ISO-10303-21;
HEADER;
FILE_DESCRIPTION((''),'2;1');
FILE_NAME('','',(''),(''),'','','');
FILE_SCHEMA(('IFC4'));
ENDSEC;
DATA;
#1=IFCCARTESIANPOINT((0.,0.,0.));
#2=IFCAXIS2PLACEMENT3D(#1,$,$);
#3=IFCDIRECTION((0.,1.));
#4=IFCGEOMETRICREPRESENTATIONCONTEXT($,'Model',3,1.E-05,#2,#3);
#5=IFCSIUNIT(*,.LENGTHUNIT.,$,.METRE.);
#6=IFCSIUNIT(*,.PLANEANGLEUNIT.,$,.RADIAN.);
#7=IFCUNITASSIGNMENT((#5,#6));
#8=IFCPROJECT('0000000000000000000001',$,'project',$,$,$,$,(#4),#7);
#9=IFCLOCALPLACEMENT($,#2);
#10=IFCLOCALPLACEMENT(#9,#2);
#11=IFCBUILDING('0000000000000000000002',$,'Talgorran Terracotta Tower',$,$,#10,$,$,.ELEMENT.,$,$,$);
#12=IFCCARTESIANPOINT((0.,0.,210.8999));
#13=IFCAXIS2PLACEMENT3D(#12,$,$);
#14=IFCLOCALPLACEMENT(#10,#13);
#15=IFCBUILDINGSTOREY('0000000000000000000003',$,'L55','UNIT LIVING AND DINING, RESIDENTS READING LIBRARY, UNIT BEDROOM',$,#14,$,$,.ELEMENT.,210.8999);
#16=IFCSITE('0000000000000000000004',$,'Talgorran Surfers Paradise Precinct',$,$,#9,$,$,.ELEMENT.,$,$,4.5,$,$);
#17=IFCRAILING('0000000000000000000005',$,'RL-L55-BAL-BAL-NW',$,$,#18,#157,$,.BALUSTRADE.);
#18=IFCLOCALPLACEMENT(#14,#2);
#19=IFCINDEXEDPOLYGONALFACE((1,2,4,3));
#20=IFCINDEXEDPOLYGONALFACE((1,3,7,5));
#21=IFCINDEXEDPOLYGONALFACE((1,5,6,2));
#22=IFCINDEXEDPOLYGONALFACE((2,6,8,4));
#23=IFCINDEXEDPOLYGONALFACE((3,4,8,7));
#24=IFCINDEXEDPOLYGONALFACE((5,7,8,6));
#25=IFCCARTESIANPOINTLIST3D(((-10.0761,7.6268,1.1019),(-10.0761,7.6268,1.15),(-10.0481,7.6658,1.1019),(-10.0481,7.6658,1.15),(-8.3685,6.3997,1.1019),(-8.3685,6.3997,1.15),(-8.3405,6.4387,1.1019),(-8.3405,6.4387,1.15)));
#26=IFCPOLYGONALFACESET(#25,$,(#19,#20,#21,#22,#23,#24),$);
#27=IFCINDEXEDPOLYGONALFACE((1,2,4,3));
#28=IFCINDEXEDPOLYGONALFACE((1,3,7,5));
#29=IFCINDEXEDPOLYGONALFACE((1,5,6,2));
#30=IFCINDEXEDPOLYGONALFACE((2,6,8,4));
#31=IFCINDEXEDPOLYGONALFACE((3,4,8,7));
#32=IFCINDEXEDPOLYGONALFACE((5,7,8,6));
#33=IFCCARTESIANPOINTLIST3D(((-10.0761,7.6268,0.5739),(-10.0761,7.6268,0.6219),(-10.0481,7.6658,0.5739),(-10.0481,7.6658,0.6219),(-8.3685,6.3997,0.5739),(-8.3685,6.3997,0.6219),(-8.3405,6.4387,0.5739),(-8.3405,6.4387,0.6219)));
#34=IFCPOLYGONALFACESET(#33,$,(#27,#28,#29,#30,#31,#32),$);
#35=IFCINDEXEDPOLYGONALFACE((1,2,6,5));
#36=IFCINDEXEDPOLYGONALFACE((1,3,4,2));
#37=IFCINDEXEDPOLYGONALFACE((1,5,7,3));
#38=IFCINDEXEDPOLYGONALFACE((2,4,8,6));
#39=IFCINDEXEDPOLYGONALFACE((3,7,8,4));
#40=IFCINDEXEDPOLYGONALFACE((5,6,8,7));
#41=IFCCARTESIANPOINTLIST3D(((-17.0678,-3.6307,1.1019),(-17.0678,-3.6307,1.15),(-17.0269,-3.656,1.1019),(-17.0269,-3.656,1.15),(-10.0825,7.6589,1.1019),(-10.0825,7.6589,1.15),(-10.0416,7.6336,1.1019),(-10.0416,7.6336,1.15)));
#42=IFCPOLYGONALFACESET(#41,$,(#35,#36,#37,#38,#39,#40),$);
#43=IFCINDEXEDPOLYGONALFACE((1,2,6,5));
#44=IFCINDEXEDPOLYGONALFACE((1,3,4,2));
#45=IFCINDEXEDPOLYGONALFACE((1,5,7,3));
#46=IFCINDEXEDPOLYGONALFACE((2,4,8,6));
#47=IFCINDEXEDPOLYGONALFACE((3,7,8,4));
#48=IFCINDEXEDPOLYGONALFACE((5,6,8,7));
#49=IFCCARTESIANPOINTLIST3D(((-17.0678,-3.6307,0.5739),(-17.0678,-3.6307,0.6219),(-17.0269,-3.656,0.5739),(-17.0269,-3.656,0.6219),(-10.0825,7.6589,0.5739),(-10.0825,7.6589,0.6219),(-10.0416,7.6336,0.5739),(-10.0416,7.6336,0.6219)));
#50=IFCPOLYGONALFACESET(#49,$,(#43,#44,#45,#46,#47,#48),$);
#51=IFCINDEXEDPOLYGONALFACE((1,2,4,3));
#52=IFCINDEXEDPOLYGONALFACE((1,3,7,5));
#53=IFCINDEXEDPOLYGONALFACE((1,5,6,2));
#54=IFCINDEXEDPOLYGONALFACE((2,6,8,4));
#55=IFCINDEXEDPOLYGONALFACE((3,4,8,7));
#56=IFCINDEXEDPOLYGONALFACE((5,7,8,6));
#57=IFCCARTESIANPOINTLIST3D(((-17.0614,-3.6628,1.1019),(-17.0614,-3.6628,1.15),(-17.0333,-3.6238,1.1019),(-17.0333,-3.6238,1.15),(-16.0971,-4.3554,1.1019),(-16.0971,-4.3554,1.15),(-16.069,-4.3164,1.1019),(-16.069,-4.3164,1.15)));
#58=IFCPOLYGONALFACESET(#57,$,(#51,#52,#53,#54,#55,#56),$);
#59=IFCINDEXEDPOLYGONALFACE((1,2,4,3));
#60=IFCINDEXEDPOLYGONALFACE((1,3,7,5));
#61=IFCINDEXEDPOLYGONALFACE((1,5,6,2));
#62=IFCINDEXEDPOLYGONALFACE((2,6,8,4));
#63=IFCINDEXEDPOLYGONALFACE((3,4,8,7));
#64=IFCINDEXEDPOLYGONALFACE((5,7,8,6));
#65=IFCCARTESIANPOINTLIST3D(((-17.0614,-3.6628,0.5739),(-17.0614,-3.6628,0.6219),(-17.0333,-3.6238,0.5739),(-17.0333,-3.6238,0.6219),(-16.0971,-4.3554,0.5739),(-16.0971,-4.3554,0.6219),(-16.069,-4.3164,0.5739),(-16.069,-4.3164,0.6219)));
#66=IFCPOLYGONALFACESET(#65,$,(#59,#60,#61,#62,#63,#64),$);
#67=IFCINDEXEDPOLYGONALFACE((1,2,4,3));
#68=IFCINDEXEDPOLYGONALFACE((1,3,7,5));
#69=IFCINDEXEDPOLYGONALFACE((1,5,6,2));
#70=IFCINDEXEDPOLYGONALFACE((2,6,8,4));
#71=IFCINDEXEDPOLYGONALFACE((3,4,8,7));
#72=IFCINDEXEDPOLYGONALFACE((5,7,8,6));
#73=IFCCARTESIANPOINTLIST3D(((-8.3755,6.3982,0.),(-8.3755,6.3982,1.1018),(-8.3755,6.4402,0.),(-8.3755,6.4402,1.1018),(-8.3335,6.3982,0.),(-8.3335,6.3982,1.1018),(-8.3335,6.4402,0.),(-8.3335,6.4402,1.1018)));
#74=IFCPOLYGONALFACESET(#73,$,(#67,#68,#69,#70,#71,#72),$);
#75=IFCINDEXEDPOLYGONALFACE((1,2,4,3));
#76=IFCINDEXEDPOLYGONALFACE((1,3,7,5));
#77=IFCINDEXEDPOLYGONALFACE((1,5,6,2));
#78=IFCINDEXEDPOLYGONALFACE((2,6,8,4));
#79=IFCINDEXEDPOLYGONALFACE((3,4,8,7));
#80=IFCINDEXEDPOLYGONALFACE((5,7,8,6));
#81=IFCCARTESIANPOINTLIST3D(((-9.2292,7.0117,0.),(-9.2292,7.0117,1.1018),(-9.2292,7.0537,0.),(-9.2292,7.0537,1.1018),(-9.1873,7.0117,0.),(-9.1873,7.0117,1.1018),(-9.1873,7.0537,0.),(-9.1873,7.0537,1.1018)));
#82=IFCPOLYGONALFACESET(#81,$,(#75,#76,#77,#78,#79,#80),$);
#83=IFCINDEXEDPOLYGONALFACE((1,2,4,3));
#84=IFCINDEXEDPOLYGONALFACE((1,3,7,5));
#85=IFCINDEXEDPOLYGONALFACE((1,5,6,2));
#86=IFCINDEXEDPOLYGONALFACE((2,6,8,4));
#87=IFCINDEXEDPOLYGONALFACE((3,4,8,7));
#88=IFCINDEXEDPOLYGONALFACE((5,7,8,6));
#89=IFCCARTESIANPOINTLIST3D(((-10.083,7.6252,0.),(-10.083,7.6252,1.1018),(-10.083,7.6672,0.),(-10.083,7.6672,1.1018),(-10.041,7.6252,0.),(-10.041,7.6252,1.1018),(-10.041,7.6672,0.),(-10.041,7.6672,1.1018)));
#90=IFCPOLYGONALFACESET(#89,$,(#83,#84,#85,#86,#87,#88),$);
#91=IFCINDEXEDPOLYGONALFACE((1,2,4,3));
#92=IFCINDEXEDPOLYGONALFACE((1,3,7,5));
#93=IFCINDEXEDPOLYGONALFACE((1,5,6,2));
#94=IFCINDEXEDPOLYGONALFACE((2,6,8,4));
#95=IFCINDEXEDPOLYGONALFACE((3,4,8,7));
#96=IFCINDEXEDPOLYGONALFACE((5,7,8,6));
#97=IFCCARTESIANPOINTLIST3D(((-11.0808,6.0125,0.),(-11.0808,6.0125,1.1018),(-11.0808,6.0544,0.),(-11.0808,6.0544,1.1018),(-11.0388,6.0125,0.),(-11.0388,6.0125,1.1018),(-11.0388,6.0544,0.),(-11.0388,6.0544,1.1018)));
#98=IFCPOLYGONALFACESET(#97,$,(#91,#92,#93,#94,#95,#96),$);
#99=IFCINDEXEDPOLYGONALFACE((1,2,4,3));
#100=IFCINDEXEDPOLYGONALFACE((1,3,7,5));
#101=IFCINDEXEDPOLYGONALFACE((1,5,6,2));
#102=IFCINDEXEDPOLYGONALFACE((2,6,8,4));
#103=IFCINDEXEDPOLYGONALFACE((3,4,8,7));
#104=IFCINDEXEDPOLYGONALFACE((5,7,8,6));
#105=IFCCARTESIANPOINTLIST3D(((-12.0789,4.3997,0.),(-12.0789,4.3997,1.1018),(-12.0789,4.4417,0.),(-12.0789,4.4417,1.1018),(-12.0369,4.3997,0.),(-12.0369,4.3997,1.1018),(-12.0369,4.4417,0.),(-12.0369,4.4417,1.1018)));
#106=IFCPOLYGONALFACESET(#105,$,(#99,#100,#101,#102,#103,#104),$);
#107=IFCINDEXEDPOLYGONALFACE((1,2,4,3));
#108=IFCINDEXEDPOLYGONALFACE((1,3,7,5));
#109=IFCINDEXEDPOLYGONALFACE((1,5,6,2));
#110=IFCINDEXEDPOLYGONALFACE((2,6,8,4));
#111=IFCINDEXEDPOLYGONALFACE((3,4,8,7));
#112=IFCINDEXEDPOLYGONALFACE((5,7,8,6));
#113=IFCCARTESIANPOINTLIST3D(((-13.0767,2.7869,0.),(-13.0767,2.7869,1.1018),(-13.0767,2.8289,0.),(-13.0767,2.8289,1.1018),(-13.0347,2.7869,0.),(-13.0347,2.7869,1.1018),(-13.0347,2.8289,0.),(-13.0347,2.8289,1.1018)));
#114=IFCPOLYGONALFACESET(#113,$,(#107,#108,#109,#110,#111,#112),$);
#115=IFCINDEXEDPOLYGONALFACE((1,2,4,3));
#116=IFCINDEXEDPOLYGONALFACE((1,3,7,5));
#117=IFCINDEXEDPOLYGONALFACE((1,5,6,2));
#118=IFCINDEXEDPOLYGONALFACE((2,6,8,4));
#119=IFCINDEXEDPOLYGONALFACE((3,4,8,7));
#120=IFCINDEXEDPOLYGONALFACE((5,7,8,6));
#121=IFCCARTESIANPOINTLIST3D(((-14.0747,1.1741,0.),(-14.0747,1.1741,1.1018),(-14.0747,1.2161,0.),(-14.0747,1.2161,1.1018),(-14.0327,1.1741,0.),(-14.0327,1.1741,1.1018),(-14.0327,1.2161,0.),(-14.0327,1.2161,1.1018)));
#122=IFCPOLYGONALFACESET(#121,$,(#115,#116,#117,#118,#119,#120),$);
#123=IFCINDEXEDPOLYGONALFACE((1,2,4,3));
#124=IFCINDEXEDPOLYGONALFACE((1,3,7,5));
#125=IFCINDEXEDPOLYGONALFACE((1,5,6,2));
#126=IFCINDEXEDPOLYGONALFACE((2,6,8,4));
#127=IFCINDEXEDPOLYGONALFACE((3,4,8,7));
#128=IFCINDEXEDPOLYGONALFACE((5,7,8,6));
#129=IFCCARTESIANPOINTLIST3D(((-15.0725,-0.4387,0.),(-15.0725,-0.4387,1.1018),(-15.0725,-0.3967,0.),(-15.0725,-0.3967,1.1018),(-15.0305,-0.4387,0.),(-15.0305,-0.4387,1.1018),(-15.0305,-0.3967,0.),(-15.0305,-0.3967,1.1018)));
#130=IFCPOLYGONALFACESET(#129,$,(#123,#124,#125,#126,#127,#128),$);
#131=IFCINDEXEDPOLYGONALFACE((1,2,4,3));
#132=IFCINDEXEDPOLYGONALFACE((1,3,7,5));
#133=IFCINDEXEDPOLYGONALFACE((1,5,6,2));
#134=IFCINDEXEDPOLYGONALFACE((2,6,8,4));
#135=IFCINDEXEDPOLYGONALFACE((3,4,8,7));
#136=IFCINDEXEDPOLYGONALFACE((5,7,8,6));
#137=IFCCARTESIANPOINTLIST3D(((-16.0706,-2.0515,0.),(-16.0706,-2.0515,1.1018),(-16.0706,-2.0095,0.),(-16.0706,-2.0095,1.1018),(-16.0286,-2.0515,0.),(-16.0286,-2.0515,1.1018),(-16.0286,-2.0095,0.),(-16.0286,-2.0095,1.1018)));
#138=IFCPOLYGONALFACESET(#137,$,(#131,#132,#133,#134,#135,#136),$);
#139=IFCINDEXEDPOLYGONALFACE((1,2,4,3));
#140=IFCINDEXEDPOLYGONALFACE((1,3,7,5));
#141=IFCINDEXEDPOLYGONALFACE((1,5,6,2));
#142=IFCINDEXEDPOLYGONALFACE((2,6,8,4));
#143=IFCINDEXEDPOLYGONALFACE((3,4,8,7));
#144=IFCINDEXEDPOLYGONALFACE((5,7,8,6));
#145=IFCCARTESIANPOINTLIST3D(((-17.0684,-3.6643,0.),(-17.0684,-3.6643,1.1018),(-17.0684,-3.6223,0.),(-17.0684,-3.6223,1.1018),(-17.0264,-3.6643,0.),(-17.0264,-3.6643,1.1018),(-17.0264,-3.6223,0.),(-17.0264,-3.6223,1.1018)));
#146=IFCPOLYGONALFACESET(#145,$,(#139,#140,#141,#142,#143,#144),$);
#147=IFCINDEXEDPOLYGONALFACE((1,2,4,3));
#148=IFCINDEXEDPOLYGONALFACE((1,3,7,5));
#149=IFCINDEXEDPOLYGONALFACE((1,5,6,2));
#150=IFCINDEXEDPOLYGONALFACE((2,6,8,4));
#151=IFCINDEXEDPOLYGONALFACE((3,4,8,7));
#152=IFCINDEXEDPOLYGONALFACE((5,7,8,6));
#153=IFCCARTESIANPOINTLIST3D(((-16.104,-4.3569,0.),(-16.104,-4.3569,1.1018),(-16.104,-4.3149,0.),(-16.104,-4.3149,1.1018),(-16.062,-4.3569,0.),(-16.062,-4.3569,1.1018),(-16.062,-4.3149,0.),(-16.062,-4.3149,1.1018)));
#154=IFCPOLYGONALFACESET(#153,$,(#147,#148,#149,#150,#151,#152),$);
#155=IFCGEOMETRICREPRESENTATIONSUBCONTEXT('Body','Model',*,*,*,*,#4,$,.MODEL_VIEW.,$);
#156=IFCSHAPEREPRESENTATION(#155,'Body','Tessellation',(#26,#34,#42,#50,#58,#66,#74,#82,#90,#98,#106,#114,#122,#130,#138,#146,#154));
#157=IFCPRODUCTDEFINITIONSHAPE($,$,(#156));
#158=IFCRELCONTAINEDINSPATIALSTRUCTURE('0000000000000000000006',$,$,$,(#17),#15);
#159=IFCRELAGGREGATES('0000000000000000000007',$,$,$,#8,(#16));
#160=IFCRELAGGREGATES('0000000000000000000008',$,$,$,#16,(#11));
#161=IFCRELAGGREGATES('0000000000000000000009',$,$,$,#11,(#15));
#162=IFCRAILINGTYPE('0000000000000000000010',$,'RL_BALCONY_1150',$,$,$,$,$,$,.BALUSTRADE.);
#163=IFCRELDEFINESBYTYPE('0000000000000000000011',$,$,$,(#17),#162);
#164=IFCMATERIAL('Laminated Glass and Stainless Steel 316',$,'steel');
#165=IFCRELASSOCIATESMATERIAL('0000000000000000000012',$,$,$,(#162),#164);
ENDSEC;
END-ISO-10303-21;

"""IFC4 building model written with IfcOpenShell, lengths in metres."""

from ifc_helpers import new_model, si_unit, direction, frame, origin, origin_2d, place, context, subcontext, project, spatial, rectangle, extrude, material, type_object, element, save


model = new_model("IFC4")

# Units and contexts
model_context = context("Model", 3, precision=1e-05, world=origin(), true_north=direction((0.0, 1.0)))
body_context = subcontext(model_context, "Body", "Model", "MODEL_VIEW")
ifc_project = project(units=[si_unit("LENGTHUNIT", "METRE"), si_unit("PLANEANGLEUNIT", "RADIAN")], contexts=[model_context])

# Site, building, storey
site_placement = place(None, origin())
site = spatial("IfcSite", under=ifc_project, at=site_placement, Name="Talgorran Surfers Paradise Precinct", CompositionType="ELEMENT", RefElevation=4.5)
building_placement = place(site_placement, origin())
building = spatial("IfcBuilding", under=site, at=building_placement, Name="Talgorran Terracotta Tower", CompositionType="ELEMENT")
storey_placement = place(building_placement, frame((0.0, 0.0, 210.8999)))
storey = spatial("IfcBuildingStorey", under=building, at=storey_placement, Name="L55", Description="UNIT LIVING AND DINING, RESIDENTS READING LIBRARY, UNIT BEDROOM", CompositionType="ELEMENT", Elevation=210.8999)

# Railing
ifc_material_1 = material(Name="Laminated Glass and Stainless Steel 316", Category="steel")
railing_type = type_object("IfcRailingType", Name="RL_BALCONY_1150", PredefinedType="BALUSTRADE", material=ifc_material_1)
railing_placement = place(storey_placement, frame((-8.3545, 6.4192, 0.0)))
element("IfcRailing", 1, at=railing_placement, inside=storey, type_object=railing_type, Name="RL-L55-BAL-BAL-NW", PredefinedType="BALUSTRADE", context=body_context, shape_type="SweptSolid", body=[
    extrude(rectangle(XDim=0.0481, YDim=0.0481, at=origin_2d()), frame((0.0, 0.0, 1.126), z_axis=(-0.812067, 0.583564, 0.0), x_axis=(-0.583564, -0.812067, 0.0)), (0.0, 0.0, 1.0), 2.1028),
    extrude(rectangle(XDim=0.0481, YDim=0.0481, at=origin_2d()), frame((0.0, 0.0, 0.5979), z_axis=(-0.812067, 0.583564, 0.0), x_axis=(-0.583564, -0.812067, 0.0)), (0.0, 0.0, 1.0), 2.1028),
    extrude(rectangle(XDim=0.0481, YDim=0.0481, at=origin_2d()), frame((-1.7075, 1.2271, 1.126), z_axis=(-0.526168, -0.85038, 0.0), x_axis=(0.85038, -0.526168, 0.0)), (0.0, 0.0, 1.0), 13.2759),
    extrude(rectangle(XDim=0.0481, YDim=0.0481, at=origin_2d()), frame((-1.7075, 1.2271, 0.5979), z_axis=(-0.526168, -0.85038, 0.0), x_axis=(0.85038, -0.526168, 0.0)), (0.0, 0.0, 1.0), 13.2759),
    extrude(rectangle(XDim=0.0481, YDim=0.0481, at=origin_2d()), frame((-8.6929, -10.0625, 1.126), z_axis=(0.812216, -0.583356, 0.0), x_axis=(0.583356, 0.812216, 0.0)), (0.0, 0.0, 1.0), 1.1873),
    extrude(rectangle(XDim=0.0481, YDim=0.0481, at=origin_2d()), frame((-8.6929, -10.0625, 0.5979), z_axis=(0.812216, -0.583356, 0.0), x_axis=(0.583356, 0.812216, 0.0)), (0.0, 0.0, 1.0), 1.1873),
    extrude(rectangle(XDim=0.042, YDim=0.042, at=origin_2d()), origin(), (0.0, 0.0, 1.0), 1.1018),
    extrude(rectangle(XDim=0.042, YDim=0.042, at=origin_2d()), frame((-0.8538, 0.6135, 0.0)), (0.0, 0.0, 1.0), 1.1018),
    extrude(rectangle(XDim=0.042, YDim=0.042, at=origin_2d()), frame((-1.7075, 1.2271, 0.0)), (0.0, 0.0, 1.0), 1.1018),
    extrude(rectangle(XDim=0.042, YDim=0.042, at=origin_2d()), frame((-2.7053, -0.3857, 0.0)), (0.0, 0.0, 1.0), 1.1018),
    extrude(rectangle(XDim=0.042, YDim=0.042, at=origin_2d()), frame((-3.7034, -1.9985, 0.0)), (0.0, 0.0, 1.0), 1.1018),
    extrude(rectangle(XDim=0.042, YDim=0.042, at=origin_2d()), frame((-4.7012, -3.6113, 0.0)), (0.0, 0.0, 1.0), 1.1018),
    extrude(rectangle(XDim=0.042, YDim=0.042, at=origin_2d()), frame((-5.6992, -5.2241, 0.0)), (0.0, 0.0, 1.0), 1.1018),
    extrude(rectangle(XDim=0.042, YDim=0.042, at=origin_2d()), frame((-6.697, -6.8369, 0.0)), (0.0, 0.0, 1.0), 1.1018),
    extrude(rectangle(XDim=0.042, YDim=0.042, at=origin_2d()), frame((-7.6951, -8.4497, 0.0)), (0.0, 0.0, 1.0), 1.1018),
    extrude(rectangle(XDim=0.042, YDim=0.042, at=origin_2d()), frame((-8.6929, -10.0625, 0.0)), (0.0, 0.0, 1.0), 1.1018),
    extrude(rectangle(XDim=0.042, YDim=0.042, at=origin_2d()), frame((-7.7285, -10.7551, 0.0)), (0.0, 0.0, 1.0), 1.1018),
])

save(model, "model.ifc")
